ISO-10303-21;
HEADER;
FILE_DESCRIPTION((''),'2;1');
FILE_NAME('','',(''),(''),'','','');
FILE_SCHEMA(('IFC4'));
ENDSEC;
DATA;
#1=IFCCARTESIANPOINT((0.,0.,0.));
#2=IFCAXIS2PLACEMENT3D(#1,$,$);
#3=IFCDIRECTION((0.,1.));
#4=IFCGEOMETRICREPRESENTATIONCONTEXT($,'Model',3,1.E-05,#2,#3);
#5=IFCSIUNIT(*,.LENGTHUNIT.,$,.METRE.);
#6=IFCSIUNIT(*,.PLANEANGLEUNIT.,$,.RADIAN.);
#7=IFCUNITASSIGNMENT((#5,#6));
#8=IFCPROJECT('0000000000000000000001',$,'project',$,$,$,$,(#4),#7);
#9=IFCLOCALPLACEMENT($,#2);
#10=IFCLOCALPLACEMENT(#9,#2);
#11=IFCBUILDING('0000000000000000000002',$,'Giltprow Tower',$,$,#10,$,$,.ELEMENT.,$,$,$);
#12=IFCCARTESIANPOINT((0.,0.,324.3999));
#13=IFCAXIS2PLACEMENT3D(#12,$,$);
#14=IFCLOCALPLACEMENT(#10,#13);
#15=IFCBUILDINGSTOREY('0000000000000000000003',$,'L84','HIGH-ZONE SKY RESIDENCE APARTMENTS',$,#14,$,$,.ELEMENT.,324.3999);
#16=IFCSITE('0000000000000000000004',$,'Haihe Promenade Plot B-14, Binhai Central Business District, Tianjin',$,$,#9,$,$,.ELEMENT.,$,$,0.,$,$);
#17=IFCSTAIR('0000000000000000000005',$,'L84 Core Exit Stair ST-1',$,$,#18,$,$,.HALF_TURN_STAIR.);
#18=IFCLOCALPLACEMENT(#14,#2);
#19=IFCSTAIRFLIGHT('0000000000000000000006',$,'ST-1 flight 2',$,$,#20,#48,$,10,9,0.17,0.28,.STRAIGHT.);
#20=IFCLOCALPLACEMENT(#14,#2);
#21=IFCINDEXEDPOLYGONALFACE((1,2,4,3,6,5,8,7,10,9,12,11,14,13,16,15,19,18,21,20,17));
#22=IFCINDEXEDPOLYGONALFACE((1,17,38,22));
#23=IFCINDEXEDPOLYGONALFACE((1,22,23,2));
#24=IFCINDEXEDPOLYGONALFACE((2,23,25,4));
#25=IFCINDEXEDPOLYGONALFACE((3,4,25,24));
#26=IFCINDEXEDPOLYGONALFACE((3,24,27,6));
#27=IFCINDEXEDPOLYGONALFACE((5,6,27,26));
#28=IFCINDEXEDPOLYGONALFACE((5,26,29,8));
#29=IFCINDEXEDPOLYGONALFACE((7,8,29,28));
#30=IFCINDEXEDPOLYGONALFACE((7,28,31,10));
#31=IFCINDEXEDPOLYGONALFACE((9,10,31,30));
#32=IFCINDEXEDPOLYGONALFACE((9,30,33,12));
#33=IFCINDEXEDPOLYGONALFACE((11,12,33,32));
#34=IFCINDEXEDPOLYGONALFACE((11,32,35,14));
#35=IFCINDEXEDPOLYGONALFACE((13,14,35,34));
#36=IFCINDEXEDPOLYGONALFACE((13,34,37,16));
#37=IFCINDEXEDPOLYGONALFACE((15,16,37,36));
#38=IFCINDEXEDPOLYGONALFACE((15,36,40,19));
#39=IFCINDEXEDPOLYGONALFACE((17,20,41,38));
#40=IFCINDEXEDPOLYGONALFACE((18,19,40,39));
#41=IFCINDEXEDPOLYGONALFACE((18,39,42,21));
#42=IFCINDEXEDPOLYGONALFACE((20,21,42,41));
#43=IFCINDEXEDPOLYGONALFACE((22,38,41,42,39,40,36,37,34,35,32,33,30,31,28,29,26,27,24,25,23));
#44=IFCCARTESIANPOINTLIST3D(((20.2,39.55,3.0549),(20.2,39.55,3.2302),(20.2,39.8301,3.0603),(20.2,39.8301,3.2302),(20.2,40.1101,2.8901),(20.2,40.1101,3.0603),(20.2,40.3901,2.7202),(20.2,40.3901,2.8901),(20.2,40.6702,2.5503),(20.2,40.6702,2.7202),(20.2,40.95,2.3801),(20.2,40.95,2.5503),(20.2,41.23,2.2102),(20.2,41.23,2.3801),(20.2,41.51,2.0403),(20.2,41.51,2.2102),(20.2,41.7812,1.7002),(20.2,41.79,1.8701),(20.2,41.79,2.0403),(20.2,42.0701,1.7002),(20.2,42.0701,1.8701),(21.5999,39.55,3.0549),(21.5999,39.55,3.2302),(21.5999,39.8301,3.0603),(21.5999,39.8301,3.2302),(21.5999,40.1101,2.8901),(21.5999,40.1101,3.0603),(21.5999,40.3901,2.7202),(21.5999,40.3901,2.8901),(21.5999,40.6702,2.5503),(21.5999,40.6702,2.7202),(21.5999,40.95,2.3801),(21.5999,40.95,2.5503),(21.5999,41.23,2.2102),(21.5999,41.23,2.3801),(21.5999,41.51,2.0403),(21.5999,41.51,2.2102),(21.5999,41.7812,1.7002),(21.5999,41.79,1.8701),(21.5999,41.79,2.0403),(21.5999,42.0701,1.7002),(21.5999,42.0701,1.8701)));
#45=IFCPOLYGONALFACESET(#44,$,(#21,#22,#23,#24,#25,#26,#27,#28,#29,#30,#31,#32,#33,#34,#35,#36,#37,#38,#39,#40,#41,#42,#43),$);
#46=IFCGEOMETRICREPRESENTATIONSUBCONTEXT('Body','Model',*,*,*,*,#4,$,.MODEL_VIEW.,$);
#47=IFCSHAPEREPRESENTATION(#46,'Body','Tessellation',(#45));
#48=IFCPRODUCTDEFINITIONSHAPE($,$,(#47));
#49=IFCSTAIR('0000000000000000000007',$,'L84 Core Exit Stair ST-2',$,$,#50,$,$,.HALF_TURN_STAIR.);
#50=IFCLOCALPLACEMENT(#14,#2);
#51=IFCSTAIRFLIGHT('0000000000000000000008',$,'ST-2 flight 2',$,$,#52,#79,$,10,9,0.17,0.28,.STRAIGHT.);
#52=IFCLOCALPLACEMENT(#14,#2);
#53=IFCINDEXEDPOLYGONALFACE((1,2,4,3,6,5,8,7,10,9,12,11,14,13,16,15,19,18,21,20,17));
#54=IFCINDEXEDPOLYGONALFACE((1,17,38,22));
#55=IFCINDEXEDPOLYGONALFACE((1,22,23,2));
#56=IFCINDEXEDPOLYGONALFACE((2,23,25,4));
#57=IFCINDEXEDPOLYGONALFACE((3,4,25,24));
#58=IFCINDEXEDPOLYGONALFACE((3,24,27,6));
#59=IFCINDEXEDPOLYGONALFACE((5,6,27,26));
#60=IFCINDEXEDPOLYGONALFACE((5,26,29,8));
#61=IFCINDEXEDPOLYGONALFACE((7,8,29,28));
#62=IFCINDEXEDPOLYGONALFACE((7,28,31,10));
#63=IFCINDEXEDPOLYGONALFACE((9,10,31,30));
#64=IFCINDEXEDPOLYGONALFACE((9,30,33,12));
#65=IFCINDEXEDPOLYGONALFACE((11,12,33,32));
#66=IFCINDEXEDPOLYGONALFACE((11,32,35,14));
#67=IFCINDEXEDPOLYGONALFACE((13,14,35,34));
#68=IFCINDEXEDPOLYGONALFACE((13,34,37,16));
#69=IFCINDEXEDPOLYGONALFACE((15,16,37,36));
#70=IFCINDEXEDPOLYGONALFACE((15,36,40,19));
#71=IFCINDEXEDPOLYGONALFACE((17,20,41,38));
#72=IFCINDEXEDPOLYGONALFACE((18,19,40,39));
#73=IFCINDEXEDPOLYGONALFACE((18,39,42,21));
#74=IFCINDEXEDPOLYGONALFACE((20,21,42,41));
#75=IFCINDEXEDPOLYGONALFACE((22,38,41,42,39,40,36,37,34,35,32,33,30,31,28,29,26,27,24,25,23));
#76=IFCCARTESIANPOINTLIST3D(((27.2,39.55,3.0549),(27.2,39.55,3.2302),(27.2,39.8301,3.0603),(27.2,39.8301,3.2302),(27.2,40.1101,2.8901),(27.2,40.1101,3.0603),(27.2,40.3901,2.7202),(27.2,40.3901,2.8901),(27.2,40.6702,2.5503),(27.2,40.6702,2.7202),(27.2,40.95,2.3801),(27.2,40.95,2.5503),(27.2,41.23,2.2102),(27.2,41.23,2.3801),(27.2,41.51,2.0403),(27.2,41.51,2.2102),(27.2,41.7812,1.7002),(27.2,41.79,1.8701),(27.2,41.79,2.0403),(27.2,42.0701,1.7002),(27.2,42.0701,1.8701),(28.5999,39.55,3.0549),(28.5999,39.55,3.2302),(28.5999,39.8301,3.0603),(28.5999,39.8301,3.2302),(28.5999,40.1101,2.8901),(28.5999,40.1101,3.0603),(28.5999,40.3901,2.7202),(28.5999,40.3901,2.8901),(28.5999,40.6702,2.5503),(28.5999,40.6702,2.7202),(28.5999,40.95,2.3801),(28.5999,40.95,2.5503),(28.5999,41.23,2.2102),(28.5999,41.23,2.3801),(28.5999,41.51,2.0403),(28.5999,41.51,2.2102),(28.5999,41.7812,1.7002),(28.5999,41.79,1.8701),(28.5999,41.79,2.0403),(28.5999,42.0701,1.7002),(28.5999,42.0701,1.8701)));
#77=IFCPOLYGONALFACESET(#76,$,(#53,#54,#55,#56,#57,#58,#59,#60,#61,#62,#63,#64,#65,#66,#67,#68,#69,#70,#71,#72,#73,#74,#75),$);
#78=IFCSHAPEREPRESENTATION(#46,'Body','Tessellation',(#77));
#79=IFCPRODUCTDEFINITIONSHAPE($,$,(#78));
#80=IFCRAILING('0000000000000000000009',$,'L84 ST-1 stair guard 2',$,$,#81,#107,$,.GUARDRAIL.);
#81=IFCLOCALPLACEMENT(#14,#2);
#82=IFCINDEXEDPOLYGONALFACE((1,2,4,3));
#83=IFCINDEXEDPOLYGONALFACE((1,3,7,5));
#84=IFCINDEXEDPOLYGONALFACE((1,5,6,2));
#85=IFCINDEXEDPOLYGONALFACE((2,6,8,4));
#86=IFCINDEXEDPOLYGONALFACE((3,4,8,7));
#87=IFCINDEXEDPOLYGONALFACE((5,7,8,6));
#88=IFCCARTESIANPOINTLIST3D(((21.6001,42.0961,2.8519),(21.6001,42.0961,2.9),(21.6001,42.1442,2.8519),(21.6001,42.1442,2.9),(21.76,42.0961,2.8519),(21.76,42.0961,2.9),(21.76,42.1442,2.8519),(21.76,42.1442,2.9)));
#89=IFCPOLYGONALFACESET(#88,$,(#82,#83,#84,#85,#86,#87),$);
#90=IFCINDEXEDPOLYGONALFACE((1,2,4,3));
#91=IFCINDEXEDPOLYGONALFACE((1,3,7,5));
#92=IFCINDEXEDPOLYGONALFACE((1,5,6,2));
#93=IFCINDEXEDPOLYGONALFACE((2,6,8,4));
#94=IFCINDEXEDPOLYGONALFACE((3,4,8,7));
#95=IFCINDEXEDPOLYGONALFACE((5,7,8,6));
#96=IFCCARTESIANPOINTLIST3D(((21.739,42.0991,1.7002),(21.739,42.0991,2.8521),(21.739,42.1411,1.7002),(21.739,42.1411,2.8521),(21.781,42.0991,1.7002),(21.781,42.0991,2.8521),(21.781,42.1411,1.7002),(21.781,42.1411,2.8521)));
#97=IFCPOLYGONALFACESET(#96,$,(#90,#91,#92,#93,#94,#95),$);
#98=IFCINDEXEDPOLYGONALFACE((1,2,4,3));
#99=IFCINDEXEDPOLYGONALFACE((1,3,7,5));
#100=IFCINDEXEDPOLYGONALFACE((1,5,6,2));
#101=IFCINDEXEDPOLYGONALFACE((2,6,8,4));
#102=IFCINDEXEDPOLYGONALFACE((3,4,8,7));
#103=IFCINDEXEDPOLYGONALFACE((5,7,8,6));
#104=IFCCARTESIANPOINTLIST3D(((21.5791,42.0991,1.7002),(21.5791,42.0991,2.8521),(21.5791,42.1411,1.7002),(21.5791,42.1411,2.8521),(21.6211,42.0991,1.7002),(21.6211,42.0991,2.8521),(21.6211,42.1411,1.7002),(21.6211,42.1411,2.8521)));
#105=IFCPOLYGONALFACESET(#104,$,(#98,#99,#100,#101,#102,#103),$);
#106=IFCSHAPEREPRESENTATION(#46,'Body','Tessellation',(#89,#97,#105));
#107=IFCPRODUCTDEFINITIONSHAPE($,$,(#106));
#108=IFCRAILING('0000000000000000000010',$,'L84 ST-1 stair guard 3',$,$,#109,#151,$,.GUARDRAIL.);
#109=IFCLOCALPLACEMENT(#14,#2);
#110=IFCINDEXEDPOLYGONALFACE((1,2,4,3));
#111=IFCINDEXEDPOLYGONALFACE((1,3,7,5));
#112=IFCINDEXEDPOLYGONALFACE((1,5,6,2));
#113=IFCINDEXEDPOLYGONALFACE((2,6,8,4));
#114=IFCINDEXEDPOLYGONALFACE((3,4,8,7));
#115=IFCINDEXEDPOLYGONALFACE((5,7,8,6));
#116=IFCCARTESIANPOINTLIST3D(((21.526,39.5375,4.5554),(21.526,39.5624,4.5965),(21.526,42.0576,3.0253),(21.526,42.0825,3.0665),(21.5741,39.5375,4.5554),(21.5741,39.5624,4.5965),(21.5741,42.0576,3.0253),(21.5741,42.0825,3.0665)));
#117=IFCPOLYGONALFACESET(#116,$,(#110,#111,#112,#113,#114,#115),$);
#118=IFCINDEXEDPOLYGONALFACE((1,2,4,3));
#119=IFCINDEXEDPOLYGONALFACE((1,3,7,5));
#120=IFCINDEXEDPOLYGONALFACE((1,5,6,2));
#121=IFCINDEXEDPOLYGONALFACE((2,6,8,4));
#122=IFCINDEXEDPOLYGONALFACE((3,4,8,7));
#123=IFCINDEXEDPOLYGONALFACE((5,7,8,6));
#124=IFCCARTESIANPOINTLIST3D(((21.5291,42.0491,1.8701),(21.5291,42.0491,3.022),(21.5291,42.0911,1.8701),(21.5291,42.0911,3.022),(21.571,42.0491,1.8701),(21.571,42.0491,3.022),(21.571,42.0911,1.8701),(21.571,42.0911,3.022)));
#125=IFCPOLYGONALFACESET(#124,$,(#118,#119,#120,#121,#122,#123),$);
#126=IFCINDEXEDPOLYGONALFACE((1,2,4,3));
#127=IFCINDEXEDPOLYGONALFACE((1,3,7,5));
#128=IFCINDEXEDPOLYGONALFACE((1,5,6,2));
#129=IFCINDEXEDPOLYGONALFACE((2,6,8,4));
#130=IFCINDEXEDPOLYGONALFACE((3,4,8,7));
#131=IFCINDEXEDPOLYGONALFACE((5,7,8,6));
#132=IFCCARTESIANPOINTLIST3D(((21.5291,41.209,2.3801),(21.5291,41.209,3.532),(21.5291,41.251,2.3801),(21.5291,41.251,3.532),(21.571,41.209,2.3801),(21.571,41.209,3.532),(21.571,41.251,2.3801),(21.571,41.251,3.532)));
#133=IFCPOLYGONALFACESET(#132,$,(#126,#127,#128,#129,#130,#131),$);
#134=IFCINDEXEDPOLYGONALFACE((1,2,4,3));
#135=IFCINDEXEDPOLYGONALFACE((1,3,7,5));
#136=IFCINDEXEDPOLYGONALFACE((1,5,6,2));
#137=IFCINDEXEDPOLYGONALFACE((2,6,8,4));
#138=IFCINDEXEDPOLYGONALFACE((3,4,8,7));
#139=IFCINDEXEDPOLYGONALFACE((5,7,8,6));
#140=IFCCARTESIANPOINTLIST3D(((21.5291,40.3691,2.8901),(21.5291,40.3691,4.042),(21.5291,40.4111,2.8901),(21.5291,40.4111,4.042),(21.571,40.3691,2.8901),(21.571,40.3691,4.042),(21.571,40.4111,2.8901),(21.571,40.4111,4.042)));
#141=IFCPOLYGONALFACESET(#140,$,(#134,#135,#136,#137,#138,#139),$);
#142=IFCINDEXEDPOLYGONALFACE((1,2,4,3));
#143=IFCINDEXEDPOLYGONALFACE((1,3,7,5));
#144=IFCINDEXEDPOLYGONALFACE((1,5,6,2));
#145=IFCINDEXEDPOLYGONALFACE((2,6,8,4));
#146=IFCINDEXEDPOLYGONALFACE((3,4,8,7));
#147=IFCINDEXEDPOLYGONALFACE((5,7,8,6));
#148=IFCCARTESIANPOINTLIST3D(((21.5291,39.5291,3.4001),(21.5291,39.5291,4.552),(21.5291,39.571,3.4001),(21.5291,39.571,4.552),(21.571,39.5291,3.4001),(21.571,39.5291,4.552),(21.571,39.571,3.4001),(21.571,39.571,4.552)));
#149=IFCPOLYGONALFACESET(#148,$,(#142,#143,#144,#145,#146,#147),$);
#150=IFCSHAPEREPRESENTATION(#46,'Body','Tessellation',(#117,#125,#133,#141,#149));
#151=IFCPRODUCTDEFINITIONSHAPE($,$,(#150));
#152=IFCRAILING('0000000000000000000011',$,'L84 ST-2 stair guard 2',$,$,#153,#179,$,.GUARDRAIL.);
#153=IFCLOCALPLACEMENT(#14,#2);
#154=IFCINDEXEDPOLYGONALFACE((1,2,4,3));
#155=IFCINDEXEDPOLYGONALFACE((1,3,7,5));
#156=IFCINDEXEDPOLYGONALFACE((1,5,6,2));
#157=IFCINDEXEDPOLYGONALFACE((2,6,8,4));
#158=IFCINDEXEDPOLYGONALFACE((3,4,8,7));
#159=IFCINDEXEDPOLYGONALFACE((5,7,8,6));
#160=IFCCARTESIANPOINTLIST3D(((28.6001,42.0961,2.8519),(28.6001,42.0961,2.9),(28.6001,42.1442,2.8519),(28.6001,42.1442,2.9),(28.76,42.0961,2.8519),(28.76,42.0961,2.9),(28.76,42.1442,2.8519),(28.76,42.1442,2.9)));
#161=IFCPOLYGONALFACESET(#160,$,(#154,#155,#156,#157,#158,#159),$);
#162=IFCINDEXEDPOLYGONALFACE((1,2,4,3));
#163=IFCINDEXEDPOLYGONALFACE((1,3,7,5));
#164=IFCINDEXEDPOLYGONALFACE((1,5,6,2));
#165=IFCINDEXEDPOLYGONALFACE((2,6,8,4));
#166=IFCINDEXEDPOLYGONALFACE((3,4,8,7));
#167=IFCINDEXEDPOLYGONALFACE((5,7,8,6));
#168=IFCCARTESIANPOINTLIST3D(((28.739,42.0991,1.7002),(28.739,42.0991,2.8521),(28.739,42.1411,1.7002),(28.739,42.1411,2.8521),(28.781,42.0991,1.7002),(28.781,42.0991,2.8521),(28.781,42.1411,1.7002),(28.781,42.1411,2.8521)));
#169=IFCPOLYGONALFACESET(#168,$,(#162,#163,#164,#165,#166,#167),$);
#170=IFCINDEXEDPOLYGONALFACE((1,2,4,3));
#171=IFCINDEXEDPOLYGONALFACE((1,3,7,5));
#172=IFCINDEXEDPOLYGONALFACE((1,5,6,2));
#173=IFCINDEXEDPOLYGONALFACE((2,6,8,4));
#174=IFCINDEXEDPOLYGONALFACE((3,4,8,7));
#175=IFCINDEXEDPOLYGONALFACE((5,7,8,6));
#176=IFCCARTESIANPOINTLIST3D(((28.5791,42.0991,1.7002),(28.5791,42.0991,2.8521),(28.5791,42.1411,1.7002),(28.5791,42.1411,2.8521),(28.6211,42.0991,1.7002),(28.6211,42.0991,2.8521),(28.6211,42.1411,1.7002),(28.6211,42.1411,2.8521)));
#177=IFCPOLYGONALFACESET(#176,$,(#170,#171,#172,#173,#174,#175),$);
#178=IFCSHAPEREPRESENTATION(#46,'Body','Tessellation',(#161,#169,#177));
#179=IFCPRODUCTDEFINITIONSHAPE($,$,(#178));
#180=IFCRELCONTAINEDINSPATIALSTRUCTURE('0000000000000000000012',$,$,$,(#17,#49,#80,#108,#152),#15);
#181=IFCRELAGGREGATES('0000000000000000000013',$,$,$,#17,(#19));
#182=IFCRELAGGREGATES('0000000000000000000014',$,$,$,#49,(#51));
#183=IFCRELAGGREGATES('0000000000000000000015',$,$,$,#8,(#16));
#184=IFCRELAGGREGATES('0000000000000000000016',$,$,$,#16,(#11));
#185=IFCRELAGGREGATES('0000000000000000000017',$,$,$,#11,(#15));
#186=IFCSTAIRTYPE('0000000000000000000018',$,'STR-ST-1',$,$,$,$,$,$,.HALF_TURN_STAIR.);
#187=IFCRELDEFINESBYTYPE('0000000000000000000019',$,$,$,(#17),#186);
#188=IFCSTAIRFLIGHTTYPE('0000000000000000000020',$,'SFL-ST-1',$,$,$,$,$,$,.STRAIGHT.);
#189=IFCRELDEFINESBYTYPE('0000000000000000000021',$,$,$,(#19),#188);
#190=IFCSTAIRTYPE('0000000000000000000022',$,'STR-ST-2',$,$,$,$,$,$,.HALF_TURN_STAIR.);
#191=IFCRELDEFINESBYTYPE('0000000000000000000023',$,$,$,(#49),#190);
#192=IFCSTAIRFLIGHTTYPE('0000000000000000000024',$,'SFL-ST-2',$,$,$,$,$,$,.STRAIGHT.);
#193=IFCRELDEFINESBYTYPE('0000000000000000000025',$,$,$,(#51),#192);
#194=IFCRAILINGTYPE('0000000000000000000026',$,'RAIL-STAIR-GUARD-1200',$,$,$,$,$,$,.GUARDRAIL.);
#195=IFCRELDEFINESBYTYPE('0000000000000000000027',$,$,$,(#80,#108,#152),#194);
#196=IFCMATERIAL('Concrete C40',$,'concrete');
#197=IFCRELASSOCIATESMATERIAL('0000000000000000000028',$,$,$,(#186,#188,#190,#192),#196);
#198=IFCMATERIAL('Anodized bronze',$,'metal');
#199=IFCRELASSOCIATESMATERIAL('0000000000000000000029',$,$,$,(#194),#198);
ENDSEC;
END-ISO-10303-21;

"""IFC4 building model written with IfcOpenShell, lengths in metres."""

from ifc_helpers import new_model, si_unit, direction, frame, origin, origin_2d, place, context, subcontext, project, spatial, polyline, rectangle, outline, extrude, material, type_object, element, aggregate, save


model = new_model("IFC4")

# Units and contexts
model_context = context("Model", 3, precision=1e-05, world=origin(), true_north=direction((0.0, 1.0)))
body_context = subcontext(model_context, "Body", "Model", "MODEL_VIEW")
ifc_project = project(units=[si_unit("LENGTHUNIT", "METRE"), si_unit("PLANEANGLEUNIT", "RADIAN")], contexts=[model_context])

# Site, building, storey
site_placement = place(None, origin())
site = spatial("IfcSite", under=ifc_project, at=site_placement, Name="Haihe Promenade Plot B-14, Binhai Central Business District, Tianjin", CompositionType="ELEMENT", RefElevation=0.0)
building_placement = place(site_placement, origin())
building = spatial("IfcBuilding", under=site, at=building_placement, Name="Giltprow Tower", CompositionType="ELEMENT")
storey_placement = place(building_placement, frame((0.0, 0.0, 324.3999)))
storey = spatial("IfcBuildingStorey", under=building, at=storey_placement, Name="L84", Description="HIGH-ZONE SKY RESIDENCE APARTMENTS", CompositionType="ELEMENT", Elevation=324.3999)

# Shared definitions
ifc_material_1 = material(Name="Concrete C40", Category="concrete")

# Stairs, stair flights
stair_type_1 = type_object("IfcStairType", Name="STR-ST-1", PredefinedType="HALF_TURN_STAIR", material=ifc_material_1)
stair_1_placement = place(storey_placement, origin())
stair_1 = element("IfcStair", 1, at=stair_1_placement, inside=storey, type_object=stair_type_1, Name="L84 Core Exit Stair ST-1", PredefinedType="HALF_TURN_STAIR")
stair_flight_type_1 = type_object("IfcStairFlightType", Name="SFL-ST-1", PredefinedType="STRAIGHT", material=ifc_material_1)
stair_flight_1_placement = place(storey_placement, frame((20.8999, 42.0701, 1.7002), z_axis=(0.0, 0.0, 1.0), x_axis=(0.0, -1.0, 0.0)))
stair_flight_1 = element("IfcStairFlight", 2, at=stair_flight_1_placement, type_object=stair_flight_type_1, Name="ST-1 flight 2", NumberOfRisers=10, NumberOfTreads=9, PredefinedType="STRAIGHT", RiserHeight=0.17, TreadLength=0.28, context=body_context, shape_type="SweptSolid", body=[
    extrude(outline(polyline([(0.0, 0.0), (0.0, 0.1699), (0.28, 0.1699), (0.28, 0.3401), (0.5601, 0.3401), (0.5601, 0.51), (0.8401, 0.51), (0.8401, 0.6799), (1.1201, 0.6799), (1.1201, 0.8501), (1.3999, 0.8501), (1.3999, 1.02), (1.6799, 1.02), (1.6799, 1.1899), (1.96, 1.1899), (1.96, 1.3601), (2.24, 1.3601), (2.24, 1.53), (2.52, 1.53), (2.52, 1.7), (2.52, 1.3547), (0.2888, 0.0), (0.0, 0.0)])), frame((0.0, 0.7, 0.0), z_axis=(0.0, -1.0, 0.0), x_axis=(1.0, 0.0, 0.0)), (0.0, 0.0, 1.0), 1.3999),
])
aggregate(stair_1, [stair_flight_1])
stair_type_2 = type_object("IfcStairType", Name="STR-ST-2", PredefinedType="HALF_TURN_STAIR", material=ifc_material_1)
stair_2_placement = place(storey_placement, origin())
stair_2 = element("IfcStair", 3, at=stair_2_placement, inside=storey, type_object=stair_type_2, Name="L84 Core Exit Stair ST-2", PredefinedType="HALF_TURN_STAIR")
stair_flight_type_2 = type_object("IfcStairFlightType", Name="SFL-ST-2", PredefinedType="STRAIGHT", material=ifc_material_1)
stair_flight_2_placement = place(storey_placement, frame((27.8999, 42.0701, 1.7002), z_axis=(0.0, 0.0, 1.0), x_axis=(0.0, -1.0, 0.0)))
stair_flight_2 = element("IfcStairFlight", 4, at=stair_flight_2_placement, type_object=stair_flight_type_2, Name="ST-2 flight 2", NumberOfRisers=10, NumberOfTreads=9, PredefinedType="STRAIGHT", RiserHeight=0.17, TreadLength=0.28, context=body_context, shape_type="SweptSolid", body=[
    extrude(outline(polyline([(0.0, 0.0), (0.0, 0.1699), (0.28, 0.1699), (0.28, 0.3401), (0.5601, 0.3401), (0.5601, 0.51), (0.8401, 0.51), (0.8401, 0.6799), (1.1201, 0.6799), (1.1201, 0.8501), (1.3999, 0.8501), (1.3999, 1.02), (1.6799, 1.02), (1.6799, 1.1899), (1.96, 1.1899), (1.96, 1.3601), (2.24, 1.3601), (2.24, 1.53), (2.52, 1.53), (2.52, 1.7), (2.52, 1.3547), (0.2888, 0.0), (0.0, 0.0)])), frame((0.0, 0.7, 0.0), z_axis=(0.0, -1.0, 0.0), x_axis=(1.0, 0.0, 0.0)), (0.0, 0.0, 1.0), 1.3999),
])
aggregate(stair_2, [stair_flight_2])

# Railings
ifc_material_2 = material(Name="Anodized bronze", Category="metal")
railing_type_1 = type_object("IfcRailingType", Name="RAIL-STAIR-GUARD-1200", PredefinedType="GUARDRAIL", material=ifc_material_2)
railing_1_placement = place(storey_placement, frame((21.76, 42.1201, 1.7002)))
element("IfcRailing", 5, at=railing_1_placement, inside=storey, type_object=railing_type_1, Name="L84 ST-1 stair guard 2", PredefinedType="GUARDRAIL", context=body_context, shape_type="SweptSolid", body=[
    extrude(rectangle(XDim=0.0481, YDim=0.0481, at=origin_2d()), frame((0.0, 0.0, 1.1758), z_axis=(-1.0, 0.0, 0.0), x_axis=(0.0, -1.0, 0.0)), (0.0, 0.0, 1.0), 0.1599),
    extrude(rectangle(XDim=0.042, YDim=0.042, at=origin_2d()), origin(), (0.0, 0.0, 1.0), 1.1519),
    extrude(rectangle(XDim=0.042, YDim=0.042, at=origin_2d()), frame((-0.1599, 0.0, 0.0)), (0.0, 0.0, 1.0), 1.1519),
])
railing_2_placement = place(storey_placement, frame((21.55, 42.0701, 1.8701)))
element("IfcRailing", 6, at=railing_2_placement, inside=storey, type_object=railing_type_1, Name="L84 ST-1 stair guard 3", PredefinedType="GUARDRAIL", context=body_context, shape_type="SweptSolid", body=[
    extrude(rectangle(XDim=0.0481, YDim=0.0481, at=origin_2d()), frame((0.0, 0.0, 1.1758), z_axis=(0.0, -0.854785, 0.518982), x_axis=(1.0, 0.0, 0.0)), (0.0, 0.0, 1.0), 2.9482),
    extrude(rectangle(XDim=0.042, YDim=0.042, at=origin_2d()), origin(), (0.0, 0.0, 1.0), 1.1519),
    extrude(rectangle(XDim=0.042, YDim=0.042, at=origin_2d()), frame((0.0, -0.8401, 0.51)), (0.0, 0.0, 1.0), 1.1519),
    extrude(rectangle(XDim=0.042, YDim=0.042, at=origin_2d()), frame((0.0, -1.6799, 1.02)), (0.0, 0.0, 1.0), 1.1519),
    extrude(rectangle(XDim=0.042, YDim=0.042, at=origin_2d()), frame((0.0, -2.52, 1.53)), (0.0, 0.0, 1.0), 1.1519),
])
railing_3_placement = place(storey_placement, frame((28.76, 42.1201, 1.7002)))
element("IfcRailing", 7, at=railing_3_placement, inside=storey, type_object=railing_type_1, Name="L84 ST-2 stair guard 2", PredefinedType="GUARDRAIL", context=body_context, shape_type="SweptSolid", body=[
    extrude(rectangle(XDim=0.0481, YDim=0.0481, at=origin_2d()), frame((0.0, 0.0, 1.1758), z_axis=(-1.0, 0.0, 0.0), x_axis=(0.0, -1.0, 0.0)), (0.0, 0.0, 1.0), 0.1599),
    extrude(rectangle(XDim=0.042, YDim=0.042, at=origin_2d()), origin(), (0.0, 0.0, 1.0), 1.1519),
    extrude(rectangle(XDim=0.042, YDim=0.042, at=origin_2d()), frame((-0.1599, 0.0, 0.0)), (0.0, 0.0, 1.0), 1.1519),
])

save(model, "model.ifc")
